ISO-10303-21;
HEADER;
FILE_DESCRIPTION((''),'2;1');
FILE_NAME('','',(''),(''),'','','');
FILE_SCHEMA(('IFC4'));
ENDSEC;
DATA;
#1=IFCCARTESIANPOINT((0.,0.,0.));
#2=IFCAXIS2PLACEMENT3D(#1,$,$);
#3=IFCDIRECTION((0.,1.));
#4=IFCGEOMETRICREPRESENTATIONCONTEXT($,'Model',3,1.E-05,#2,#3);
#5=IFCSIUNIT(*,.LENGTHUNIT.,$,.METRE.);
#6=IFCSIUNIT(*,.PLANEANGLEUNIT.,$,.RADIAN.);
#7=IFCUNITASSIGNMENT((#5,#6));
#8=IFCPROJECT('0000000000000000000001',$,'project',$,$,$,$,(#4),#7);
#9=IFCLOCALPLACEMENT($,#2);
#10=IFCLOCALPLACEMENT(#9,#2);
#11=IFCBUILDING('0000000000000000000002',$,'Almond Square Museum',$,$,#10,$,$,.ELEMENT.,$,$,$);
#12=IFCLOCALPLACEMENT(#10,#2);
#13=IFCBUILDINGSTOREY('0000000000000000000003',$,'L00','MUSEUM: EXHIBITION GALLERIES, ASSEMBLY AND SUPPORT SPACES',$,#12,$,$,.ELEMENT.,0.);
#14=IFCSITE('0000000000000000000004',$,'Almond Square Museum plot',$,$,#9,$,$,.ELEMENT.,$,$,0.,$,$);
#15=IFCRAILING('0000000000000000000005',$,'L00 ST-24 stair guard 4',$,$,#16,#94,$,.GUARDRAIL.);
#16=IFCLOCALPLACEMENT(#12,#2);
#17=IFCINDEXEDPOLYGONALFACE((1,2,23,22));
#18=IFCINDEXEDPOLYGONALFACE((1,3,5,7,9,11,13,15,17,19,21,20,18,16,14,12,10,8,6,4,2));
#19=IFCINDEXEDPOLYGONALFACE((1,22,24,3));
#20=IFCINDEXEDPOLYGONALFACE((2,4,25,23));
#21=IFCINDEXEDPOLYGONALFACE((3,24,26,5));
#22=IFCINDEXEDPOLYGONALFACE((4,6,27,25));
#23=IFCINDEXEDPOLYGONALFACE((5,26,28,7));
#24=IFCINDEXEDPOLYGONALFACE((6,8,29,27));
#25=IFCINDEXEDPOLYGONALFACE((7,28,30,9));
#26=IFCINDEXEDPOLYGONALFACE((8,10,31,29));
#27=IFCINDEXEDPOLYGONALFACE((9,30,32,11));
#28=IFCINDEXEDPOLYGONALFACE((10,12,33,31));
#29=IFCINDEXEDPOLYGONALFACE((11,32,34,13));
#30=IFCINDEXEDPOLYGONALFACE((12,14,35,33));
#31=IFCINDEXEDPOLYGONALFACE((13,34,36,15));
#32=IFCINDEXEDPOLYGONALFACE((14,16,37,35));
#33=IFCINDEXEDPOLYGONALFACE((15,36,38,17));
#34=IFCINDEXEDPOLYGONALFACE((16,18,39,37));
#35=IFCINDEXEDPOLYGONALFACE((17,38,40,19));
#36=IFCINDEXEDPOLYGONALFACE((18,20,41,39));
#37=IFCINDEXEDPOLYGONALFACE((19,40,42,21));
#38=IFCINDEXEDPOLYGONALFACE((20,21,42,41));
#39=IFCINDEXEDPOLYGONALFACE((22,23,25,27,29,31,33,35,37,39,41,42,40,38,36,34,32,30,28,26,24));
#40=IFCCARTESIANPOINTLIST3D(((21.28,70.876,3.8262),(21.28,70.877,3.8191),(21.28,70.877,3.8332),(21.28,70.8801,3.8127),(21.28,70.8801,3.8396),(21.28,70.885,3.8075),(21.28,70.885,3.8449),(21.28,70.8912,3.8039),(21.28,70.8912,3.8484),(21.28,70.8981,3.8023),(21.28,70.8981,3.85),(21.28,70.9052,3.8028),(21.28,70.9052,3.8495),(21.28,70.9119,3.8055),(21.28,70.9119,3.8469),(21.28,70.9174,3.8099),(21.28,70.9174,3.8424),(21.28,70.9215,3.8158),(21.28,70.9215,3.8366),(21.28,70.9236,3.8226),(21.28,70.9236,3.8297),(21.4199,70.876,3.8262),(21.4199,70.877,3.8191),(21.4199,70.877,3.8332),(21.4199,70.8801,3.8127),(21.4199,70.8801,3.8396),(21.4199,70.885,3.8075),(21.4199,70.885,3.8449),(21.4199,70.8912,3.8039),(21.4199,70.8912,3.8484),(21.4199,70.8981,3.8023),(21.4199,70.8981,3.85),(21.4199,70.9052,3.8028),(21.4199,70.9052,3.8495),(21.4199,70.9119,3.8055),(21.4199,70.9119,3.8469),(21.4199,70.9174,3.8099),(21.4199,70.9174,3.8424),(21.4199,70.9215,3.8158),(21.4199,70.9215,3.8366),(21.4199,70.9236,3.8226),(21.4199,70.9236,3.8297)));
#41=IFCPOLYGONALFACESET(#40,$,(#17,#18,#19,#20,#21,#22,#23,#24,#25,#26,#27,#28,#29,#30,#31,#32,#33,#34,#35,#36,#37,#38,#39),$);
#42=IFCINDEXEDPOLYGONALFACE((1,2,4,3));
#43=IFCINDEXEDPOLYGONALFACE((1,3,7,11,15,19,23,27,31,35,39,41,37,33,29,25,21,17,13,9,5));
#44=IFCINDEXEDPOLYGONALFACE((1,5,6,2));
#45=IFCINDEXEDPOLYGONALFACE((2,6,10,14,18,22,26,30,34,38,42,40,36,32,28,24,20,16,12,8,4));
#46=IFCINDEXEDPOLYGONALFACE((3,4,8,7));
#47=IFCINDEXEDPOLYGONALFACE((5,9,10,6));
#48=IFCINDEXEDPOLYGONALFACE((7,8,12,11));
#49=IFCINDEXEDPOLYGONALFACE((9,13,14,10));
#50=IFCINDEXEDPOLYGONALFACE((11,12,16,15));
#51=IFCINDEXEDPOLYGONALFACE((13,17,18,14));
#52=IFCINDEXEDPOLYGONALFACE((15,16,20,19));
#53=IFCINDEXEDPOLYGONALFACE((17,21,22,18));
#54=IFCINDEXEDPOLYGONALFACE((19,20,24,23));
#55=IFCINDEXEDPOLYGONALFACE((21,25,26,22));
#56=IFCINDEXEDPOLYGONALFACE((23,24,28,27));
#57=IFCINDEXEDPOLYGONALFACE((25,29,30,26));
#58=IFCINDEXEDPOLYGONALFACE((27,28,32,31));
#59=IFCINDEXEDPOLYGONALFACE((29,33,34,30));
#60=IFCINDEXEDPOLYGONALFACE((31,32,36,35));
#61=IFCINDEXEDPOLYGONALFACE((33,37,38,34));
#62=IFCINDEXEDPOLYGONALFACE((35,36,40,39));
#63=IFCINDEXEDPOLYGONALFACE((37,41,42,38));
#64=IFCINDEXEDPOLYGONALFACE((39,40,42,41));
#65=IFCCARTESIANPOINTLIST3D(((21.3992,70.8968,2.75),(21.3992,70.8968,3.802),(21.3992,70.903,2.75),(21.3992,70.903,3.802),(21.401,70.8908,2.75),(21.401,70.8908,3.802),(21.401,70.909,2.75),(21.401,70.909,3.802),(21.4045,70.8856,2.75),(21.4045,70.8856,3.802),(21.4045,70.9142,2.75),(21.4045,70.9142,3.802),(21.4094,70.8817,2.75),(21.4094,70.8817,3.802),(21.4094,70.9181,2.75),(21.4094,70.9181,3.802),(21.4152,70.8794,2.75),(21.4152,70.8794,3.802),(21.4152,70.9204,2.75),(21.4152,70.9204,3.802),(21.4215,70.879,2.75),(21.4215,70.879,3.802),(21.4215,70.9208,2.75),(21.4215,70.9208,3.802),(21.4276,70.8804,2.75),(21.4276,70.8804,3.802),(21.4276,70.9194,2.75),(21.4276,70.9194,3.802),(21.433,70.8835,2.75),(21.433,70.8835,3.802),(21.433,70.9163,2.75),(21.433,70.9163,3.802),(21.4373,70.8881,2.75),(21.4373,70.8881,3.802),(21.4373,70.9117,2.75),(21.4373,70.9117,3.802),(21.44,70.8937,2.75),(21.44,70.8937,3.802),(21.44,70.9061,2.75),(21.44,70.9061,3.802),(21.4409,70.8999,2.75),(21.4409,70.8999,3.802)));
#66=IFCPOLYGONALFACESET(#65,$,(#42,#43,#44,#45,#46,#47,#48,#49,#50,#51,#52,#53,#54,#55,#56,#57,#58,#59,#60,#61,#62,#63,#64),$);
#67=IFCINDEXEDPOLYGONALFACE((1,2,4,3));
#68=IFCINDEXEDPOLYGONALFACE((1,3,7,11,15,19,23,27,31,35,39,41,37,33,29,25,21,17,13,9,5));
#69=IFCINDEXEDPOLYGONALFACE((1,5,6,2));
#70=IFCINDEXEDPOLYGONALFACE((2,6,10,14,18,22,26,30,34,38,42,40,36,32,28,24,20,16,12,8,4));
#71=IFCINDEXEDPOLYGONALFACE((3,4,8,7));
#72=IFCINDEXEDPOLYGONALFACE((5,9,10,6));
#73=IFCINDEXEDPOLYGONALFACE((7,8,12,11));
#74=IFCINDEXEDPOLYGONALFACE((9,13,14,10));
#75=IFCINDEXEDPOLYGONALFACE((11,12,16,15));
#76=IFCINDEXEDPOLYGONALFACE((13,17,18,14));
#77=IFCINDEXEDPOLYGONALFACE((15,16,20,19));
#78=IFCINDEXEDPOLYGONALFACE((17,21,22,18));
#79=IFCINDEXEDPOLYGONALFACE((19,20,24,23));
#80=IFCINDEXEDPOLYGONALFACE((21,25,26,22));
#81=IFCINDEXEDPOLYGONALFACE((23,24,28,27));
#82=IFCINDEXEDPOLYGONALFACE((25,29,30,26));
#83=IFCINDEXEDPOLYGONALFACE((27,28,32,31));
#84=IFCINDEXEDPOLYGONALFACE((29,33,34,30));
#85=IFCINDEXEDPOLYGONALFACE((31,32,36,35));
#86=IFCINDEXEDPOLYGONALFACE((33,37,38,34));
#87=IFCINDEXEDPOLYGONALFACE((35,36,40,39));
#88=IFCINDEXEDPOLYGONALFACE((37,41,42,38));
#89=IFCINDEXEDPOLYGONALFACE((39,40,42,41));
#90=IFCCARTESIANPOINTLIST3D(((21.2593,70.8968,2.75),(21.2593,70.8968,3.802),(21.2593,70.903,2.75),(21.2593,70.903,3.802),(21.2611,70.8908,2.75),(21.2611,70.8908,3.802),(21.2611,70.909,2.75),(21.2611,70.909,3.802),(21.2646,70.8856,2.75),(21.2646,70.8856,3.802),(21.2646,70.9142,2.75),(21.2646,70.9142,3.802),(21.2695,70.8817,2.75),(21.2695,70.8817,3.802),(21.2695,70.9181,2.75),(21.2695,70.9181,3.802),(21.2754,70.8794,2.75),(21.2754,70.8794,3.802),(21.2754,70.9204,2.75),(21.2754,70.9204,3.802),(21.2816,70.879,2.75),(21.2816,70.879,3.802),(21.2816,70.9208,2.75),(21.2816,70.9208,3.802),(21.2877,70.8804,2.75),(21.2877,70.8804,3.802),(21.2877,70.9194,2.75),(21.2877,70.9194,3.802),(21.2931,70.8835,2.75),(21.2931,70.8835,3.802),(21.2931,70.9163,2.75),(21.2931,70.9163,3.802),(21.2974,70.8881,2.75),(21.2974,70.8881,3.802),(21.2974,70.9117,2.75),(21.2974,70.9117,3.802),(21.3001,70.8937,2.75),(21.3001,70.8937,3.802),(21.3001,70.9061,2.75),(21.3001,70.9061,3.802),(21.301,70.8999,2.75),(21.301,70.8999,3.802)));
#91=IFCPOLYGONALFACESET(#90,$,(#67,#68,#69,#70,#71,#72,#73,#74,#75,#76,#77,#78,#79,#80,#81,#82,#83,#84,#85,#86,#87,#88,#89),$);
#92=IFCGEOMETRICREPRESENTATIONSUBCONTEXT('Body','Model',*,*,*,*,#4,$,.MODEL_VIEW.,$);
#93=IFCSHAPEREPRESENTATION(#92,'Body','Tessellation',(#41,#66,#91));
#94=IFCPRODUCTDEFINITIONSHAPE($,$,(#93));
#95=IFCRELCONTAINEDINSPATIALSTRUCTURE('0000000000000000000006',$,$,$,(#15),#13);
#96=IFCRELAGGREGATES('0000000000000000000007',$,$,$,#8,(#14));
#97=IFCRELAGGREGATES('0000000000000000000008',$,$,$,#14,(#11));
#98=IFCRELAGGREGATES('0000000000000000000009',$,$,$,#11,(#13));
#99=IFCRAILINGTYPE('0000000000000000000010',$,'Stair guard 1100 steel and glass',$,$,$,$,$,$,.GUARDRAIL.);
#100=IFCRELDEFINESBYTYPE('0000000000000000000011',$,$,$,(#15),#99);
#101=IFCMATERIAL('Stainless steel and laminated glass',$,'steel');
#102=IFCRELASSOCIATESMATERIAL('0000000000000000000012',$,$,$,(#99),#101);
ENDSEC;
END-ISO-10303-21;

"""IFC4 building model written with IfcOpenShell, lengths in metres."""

from ifc_helpers import new_model, si_unit, direction, frame, origin, origin_2d, place, context, subcontext, project, spatial, circle, extrude, material, type_object, element, save


model = new_model("IFC4")

# Units and contexts
model_context = context("Model", 3, precision=1e-05, world=origin(), true_north=direction((0.0, 1.0)))
body_context = subcontext(model_context, "Body", "Model", "MODEL_VIEW")
ifc_project = project(units=[si_unit("LENGTHUNIT", "METRE"), si_unit("PLANEANGLEUNIT", "RADIAN")], contexts=[model_context])

# Site, building, storey
site_placement = place(None, origin())
site = spatial("IfcSite", under=ifc_project, at=site_placement, Name="Almond Square Museum plot", CompositionType="ELEMENT", RefElevation=0.0)
building_placement = place(site_placement, origin())
building = spatial("IfcBuilding", under=site, at=building_placement, Name="Almond Square Museum", CompositionType="ELEMENT")
storey_placement = place(building_placement, origin())
storey = spatial("IfcBuildingStorey", under=building, at=storey_placement, Name="L00", Description="MUSEUM: EXHIBITION GALLERIES, ASSEMBLY AND SUPPORT SPACES", CompositionType="ELEMENT", Elevation=0.0)

# Railing
ifc_material_1 = material(Name="Stainless steel and laminated glass", Category="steel")
railing_type_1 = type_object("IfcRailingType", Name="Stair guard 1100 steel and glass", PredefinedType="GUARDRAIL", material=ifc_material_1)
railing_1_placement = place(storey_placement, frame((21.4199, 70.8999, 2.75)))
element("IfcRailing", 1, at=railing_1_placement, inside=storey, type_object=railing_type_1, Name="L00 ST-24 stair guard 4", PredefinedType="GUARDRAIL", context=body_context, shape_type="SweptSolid", body=[
    extrude(circle(Radius=0.0239, at=origin_2d()), frame((0.0, 0.0, 1.0762), z_axis=(-1.0, 0.0, 0.0), x_axis=(0.0, -1.0, 0.0)), (0.0, 0.0, 1.0), 0.1399),
    extrude(circle(Radius=0.021, at=origin_2d()), origin(), (0.0, 0.0, 1.0), 1.052),
    extrude(circle(Radius=0.021, at=origin_2d()), frame((-0.1399, 0.0, 0.0)), (0.0, 0.0, 1.0), 1.052),
])

save(model, "model.ifc")
